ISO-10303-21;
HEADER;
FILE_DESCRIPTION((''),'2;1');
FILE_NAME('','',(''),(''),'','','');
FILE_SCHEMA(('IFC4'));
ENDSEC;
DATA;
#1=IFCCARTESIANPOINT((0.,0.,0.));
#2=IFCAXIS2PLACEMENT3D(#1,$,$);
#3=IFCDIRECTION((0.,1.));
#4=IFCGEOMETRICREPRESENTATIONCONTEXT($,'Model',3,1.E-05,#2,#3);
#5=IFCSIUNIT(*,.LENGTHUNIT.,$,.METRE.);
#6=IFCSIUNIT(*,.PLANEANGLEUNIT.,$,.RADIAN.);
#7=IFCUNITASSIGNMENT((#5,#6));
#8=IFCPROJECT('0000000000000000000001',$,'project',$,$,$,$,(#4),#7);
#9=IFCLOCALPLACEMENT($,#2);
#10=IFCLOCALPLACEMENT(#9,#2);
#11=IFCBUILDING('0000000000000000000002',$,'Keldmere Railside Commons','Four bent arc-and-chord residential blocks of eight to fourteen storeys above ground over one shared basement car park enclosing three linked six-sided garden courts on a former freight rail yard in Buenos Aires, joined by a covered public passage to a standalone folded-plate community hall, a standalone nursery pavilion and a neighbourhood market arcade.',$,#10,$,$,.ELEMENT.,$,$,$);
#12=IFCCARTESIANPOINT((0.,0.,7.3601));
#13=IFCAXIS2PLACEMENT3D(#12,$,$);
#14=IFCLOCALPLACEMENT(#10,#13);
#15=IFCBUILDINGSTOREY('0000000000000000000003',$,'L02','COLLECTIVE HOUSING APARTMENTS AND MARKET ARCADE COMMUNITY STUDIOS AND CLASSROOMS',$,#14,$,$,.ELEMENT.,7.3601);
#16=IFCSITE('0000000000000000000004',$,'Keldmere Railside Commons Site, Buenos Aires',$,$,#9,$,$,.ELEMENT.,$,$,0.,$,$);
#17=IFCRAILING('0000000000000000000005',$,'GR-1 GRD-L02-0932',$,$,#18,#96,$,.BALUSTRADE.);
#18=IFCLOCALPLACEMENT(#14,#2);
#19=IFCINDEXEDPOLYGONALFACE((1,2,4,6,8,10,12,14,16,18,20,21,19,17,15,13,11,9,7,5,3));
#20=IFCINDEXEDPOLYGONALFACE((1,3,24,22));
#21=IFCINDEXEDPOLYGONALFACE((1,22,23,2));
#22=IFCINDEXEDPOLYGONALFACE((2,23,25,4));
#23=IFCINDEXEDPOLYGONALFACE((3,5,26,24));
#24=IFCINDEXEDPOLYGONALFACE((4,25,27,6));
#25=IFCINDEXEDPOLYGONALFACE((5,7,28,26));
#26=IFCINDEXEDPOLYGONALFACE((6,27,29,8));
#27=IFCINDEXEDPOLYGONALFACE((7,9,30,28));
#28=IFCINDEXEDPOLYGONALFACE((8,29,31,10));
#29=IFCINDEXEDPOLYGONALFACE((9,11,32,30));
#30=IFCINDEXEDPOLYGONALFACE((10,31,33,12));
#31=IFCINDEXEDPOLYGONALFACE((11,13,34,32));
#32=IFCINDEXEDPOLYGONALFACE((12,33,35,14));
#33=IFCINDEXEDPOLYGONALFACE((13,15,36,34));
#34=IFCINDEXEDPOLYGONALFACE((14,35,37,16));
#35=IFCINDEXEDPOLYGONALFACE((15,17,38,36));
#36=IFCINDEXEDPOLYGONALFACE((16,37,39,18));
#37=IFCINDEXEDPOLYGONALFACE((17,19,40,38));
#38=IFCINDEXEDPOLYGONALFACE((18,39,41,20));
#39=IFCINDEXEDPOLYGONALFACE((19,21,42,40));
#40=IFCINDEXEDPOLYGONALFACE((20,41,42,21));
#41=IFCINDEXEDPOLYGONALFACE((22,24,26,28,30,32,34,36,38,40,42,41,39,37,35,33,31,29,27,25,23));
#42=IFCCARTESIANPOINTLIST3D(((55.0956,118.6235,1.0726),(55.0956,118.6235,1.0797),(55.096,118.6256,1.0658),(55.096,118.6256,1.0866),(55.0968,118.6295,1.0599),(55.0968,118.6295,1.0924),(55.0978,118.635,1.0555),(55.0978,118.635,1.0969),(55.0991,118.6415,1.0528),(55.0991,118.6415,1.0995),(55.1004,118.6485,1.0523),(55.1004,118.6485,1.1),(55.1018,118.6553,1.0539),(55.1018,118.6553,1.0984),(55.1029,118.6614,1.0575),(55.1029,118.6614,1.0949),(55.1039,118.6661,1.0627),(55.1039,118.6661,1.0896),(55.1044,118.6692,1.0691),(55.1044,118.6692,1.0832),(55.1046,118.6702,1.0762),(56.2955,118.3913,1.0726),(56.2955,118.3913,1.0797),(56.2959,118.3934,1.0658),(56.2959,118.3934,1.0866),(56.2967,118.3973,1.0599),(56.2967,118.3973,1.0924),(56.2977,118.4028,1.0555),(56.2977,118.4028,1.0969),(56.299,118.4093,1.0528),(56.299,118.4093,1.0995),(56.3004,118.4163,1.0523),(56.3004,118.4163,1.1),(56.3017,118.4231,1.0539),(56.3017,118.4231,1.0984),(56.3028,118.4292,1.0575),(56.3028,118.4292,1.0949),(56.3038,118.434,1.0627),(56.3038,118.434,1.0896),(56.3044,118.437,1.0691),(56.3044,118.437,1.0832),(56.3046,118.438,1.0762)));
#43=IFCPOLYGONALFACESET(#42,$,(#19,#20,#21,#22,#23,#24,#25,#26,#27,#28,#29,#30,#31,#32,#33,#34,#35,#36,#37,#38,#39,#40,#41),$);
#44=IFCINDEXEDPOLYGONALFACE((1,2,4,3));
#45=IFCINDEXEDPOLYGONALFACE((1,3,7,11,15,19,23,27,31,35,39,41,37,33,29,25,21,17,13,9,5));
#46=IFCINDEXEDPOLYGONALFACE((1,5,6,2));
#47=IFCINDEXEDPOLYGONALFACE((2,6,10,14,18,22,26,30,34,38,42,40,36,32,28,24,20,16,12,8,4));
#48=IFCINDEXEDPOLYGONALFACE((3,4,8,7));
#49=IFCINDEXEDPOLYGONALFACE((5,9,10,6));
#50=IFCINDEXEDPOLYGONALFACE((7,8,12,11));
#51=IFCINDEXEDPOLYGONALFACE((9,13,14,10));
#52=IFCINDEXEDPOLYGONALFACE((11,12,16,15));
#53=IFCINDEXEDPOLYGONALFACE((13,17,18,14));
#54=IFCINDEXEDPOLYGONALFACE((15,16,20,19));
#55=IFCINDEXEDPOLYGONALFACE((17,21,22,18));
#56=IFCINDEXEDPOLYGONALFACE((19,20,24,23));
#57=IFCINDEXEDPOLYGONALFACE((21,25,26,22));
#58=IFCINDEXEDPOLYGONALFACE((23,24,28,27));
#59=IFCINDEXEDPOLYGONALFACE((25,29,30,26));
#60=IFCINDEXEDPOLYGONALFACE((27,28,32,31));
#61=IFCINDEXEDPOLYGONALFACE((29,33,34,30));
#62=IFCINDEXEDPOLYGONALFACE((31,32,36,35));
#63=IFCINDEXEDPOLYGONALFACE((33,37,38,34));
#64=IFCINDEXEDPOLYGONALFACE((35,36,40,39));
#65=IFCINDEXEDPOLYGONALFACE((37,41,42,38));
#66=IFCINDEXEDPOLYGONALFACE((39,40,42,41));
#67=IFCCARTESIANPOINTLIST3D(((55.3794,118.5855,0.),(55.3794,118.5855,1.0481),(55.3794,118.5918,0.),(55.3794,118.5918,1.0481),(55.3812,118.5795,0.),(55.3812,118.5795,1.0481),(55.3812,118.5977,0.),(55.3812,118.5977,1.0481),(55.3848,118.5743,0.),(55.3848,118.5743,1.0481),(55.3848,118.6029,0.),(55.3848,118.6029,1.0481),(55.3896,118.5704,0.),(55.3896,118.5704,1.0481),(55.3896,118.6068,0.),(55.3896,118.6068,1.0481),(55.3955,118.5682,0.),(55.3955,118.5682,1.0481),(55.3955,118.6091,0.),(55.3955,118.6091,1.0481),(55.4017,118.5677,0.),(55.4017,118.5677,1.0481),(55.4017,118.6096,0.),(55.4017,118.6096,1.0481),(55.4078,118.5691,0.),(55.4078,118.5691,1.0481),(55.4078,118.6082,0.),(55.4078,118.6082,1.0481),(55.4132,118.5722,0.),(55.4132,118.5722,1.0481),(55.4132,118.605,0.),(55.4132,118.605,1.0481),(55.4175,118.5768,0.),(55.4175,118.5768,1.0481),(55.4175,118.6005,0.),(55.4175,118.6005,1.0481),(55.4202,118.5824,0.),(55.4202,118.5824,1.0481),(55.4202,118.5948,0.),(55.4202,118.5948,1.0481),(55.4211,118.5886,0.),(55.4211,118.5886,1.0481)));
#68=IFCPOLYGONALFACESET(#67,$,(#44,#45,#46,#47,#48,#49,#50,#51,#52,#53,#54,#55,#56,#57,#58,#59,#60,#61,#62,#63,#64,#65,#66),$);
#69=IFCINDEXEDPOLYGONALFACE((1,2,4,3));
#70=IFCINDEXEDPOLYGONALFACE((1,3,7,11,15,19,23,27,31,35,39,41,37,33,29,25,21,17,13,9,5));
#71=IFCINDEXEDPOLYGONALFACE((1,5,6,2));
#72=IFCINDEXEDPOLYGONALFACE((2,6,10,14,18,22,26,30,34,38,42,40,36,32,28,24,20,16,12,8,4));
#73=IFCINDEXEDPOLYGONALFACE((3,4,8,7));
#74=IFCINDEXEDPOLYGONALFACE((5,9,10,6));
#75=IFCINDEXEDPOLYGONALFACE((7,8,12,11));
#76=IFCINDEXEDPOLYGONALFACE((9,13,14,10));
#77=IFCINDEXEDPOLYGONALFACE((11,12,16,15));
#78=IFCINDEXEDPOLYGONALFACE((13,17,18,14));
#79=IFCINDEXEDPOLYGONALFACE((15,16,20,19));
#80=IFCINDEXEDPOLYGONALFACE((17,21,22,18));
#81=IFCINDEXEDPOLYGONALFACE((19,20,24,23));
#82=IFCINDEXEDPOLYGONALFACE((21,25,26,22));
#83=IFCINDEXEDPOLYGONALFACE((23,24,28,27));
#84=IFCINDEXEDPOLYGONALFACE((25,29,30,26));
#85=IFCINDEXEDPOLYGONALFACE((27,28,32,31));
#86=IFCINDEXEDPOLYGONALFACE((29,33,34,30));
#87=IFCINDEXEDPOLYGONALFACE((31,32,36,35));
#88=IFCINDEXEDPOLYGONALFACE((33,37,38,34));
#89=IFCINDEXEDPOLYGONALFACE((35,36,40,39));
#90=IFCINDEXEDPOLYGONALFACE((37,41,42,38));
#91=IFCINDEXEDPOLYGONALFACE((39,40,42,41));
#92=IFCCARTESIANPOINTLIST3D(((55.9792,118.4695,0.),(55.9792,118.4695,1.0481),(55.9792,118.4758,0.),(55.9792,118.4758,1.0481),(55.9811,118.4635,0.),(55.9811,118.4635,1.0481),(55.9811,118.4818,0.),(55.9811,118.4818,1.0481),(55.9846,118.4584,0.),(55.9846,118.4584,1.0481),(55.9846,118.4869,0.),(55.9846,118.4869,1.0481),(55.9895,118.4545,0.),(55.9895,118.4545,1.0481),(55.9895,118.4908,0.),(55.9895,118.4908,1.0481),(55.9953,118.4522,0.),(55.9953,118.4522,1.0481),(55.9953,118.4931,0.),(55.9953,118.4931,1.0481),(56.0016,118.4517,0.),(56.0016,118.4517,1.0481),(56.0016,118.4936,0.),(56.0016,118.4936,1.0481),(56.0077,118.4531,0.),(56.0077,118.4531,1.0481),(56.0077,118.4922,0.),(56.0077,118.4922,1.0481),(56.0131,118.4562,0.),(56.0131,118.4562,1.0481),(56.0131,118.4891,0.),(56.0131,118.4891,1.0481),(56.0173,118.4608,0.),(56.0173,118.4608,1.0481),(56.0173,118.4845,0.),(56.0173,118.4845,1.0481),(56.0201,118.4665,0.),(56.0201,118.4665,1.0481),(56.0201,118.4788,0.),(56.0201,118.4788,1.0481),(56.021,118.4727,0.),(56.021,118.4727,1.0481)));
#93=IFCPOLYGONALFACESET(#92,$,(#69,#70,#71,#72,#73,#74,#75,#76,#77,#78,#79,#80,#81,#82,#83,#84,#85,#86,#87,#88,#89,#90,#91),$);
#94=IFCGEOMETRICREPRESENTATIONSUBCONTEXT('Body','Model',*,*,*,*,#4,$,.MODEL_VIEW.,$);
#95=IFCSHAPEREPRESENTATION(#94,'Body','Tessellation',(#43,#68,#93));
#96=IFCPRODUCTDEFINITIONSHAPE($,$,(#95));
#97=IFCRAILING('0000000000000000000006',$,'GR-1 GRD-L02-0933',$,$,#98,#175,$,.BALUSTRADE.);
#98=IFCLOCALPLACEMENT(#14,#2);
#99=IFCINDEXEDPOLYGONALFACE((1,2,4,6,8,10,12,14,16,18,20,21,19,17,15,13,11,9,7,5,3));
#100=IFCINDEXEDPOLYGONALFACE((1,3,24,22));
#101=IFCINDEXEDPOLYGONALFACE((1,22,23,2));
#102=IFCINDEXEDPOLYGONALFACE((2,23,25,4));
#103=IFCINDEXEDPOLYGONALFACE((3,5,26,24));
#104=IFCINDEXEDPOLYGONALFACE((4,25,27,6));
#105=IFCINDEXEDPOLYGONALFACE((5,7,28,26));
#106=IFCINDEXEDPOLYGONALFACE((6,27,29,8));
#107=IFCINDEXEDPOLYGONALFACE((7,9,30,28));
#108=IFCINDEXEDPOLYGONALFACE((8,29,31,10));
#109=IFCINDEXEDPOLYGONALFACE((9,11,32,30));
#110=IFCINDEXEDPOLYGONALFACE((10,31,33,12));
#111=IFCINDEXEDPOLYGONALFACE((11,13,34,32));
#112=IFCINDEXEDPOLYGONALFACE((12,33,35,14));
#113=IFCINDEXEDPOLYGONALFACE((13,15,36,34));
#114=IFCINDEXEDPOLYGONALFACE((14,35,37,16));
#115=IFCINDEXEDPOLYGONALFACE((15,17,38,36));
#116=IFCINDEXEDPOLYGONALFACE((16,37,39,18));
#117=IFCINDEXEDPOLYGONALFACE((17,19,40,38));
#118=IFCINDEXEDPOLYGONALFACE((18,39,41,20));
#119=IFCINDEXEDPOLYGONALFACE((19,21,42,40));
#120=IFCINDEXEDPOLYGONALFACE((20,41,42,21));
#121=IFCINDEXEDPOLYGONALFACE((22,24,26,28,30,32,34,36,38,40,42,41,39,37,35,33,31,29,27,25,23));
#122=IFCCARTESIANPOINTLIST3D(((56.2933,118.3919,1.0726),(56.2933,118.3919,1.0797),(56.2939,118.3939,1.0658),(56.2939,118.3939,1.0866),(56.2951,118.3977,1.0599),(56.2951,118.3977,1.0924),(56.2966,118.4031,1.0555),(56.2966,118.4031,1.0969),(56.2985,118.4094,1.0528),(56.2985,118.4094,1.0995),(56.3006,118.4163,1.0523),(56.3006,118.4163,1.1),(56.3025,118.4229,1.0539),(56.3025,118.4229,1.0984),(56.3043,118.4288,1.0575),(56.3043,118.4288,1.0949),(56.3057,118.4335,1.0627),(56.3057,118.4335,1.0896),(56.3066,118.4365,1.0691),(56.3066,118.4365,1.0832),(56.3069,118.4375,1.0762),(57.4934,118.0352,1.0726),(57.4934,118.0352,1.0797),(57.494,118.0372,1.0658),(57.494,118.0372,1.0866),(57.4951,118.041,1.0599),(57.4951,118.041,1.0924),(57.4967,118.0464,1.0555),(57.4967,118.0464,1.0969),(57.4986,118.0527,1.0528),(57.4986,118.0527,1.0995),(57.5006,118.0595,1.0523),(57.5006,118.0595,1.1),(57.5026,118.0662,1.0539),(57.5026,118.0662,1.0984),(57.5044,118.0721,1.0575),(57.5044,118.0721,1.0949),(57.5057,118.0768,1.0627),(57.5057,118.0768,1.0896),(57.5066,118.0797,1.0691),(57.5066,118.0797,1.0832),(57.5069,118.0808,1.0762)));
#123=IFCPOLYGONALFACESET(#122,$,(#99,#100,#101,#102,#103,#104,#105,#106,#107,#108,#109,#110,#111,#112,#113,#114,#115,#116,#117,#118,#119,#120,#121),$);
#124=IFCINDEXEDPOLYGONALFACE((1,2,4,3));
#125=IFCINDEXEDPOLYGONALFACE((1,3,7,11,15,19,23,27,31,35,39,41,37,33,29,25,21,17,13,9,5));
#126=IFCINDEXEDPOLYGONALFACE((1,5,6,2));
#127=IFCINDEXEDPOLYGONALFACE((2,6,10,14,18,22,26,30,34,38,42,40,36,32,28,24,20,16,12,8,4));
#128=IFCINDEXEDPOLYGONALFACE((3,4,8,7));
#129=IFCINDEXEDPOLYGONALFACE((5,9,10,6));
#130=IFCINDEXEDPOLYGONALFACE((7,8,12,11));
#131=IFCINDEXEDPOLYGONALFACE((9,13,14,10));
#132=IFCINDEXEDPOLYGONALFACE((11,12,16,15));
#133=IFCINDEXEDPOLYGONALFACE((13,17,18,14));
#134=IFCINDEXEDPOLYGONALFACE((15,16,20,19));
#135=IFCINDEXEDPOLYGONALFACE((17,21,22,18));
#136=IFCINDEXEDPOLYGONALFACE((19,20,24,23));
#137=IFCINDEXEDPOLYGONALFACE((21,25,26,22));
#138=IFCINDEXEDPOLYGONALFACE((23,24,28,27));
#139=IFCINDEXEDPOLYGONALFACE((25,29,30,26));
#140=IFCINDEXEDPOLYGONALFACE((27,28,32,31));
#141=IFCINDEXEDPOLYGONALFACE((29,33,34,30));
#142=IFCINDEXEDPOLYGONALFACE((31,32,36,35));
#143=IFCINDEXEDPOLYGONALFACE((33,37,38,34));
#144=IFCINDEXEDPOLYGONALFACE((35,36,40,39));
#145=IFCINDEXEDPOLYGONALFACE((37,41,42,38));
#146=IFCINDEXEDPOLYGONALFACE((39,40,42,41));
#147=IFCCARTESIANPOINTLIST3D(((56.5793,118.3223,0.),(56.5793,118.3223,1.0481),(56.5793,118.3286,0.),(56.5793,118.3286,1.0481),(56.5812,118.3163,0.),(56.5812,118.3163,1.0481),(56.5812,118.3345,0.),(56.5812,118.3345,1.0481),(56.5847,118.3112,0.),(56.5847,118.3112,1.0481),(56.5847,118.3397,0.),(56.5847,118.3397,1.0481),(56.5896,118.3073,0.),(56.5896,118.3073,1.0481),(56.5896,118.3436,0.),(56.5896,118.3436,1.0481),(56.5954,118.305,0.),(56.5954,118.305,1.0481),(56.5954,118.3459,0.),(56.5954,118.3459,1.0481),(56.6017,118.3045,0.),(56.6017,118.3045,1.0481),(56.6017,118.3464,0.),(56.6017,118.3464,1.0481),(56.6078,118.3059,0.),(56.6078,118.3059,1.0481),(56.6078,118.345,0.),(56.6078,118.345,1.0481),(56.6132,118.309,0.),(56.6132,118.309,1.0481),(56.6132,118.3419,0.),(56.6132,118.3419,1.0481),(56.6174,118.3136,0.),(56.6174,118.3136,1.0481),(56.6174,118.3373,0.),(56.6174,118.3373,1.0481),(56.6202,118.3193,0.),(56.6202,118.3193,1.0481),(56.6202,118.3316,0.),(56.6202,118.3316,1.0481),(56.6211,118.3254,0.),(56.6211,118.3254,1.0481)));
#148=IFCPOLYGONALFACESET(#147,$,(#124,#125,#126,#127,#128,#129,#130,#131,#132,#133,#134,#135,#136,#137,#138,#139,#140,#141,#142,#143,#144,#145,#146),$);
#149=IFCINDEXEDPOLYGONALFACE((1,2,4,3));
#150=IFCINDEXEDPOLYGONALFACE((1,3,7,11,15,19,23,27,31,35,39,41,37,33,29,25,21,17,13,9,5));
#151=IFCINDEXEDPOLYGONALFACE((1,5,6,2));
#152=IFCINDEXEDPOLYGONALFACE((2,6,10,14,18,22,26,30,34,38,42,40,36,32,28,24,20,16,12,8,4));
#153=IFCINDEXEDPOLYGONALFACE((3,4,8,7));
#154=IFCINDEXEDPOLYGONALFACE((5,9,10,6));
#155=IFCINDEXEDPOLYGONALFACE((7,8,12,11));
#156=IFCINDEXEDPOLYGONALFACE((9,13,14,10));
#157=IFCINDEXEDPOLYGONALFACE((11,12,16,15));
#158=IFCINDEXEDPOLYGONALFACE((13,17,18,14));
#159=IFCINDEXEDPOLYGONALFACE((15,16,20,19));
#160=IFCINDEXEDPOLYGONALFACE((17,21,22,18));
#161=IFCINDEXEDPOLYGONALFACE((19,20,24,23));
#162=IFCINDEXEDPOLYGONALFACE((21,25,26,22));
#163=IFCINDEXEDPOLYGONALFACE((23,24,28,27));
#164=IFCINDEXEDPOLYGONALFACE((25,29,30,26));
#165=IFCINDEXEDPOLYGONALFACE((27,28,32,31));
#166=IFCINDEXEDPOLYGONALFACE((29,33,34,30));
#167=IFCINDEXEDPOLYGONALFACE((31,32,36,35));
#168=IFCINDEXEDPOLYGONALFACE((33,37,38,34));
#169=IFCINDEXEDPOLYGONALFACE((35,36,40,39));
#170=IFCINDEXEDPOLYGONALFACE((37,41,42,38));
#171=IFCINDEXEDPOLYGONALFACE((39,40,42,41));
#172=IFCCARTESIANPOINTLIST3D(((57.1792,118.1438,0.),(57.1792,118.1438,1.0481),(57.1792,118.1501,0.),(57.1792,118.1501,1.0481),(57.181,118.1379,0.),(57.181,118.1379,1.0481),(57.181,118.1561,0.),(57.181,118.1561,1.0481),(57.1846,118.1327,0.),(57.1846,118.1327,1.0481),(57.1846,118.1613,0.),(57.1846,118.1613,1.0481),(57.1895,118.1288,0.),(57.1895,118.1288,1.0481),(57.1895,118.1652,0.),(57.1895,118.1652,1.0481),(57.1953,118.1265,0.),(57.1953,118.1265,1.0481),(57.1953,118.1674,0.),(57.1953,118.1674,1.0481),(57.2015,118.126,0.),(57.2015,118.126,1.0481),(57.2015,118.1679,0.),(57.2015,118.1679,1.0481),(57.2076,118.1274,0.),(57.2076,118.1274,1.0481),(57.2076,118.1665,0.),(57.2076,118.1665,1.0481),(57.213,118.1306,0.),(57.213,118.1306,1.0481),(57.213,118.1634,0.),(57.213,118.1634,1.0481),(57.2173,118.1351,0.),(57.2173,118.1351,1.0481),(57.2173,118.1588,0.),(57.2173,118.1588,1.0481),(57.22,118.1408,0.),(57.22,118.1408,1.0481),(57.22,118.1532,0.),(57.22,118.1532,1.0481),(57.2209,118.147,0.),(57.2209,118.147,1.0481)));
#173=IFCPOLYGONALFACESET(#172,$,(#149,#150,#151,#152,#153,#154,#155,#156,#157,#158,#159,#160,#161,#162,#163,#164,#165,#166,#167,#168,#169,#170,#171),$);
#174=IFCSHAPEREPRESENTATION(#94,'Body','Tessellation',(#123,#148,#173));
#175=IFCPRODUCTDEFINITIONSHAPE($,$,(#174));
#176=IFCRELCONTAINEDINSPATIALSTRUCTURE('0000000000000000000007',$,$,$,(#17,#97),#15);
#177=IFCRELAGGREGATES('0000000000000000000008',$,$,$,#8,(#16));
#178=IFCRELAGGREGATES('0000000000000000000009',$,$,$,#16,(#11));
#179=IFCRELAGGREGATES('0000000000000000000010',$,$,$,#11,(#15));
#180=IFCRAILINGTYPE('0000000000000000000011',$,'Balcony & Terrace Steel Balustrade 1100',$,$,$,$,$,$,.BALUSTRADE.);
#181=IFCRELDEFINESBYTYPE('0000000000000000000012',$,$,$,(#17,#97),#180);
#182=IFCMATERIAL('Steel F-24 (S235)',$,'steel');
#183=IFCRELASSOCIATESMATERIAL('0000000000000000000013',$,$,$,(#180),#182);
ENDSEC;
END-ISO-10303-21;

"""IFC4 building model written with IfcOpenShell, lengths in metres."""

from ifc_helpers import new_model, si_unit, direction, frame, origin, origin_2d, place, context, subcontext, project, spatial, circle, extrude, material, type_object, element, save


model = new_model("IFC4")

# Units and contexts
model_context = context("Model", 3, precision=1e-05, world=origin(), true_north=direction((0.0, 1.0)))
body_context = subcontext(model_context, "Body", "Model", "MODEL_VIEW")
ifc_project = project(units=[si_unit("LENGTHUNIT", "METRE"), si_unit("PLANEANGLEUNIT", "RADIAN")], contexts=[model_context])

# Site, building, storey
site_placement = place(None, origin())
site = spatial("IfcSite", under=ifc_project, at=site_placement, Name="Keldmere Railside Commons Site, Buenos Aires", CompositionType="ELEMENT", RefElevation=0.0)
building_placement = place(site_placement, origin())
building = spatial("IfcBuilding", under=site, at=building_placement, Name="Keldmere Railside Commons", Description="Four bent arc-and-chord residential blocks of eight to fourteen storeys above ground over one shared basement car park enclosing three linked six-sided garden courts on a former freight rail yard in Buenos Aires, joined by a covered public passage to a standalone folded-plate community hall, a standalone nursery pavilion and a neighbourhood market arcade.", CompositionType="ELEMENT")
storey_placement = place(building_placement, frame((0.0, 0.0, 7.3601)))
storey = spatial("IfcBuildingStorey", under=building, at=storey_placement, Name="L02", Description="COLLECTIVE HOUSING APARTMENTS AND MARKET ARCADE COMMUNITY STUDIOS AND CLASSROOMS", CompositionType="ELEMENT", Elevation=7.3601)

# Railings
ifc_material_1 = material(Name="Steel F-24 (S235)", Category="steel")
railing_type = type_object("IfcRailingType", Name="Balcony & Terrace Steel Balustrade 1100", PredefinedType="BALUSTRADE", material=ifc_material_1)
railing_1_placement = place(storey_placement, frame((55.1001, 118.6467, 0.0)))
element("IfcRailing", 1, at=railing_1_placement, inside=storey, type_object=railing_type, Name="GR-1 GRD-L02-0932", PredefinedType="BALUSTRADE", context=body_context, shape_type="SweptSolid", body=[
    extrude(circle(Radius=0.0239, at=origin_2d()), frame((0.0, 0.0, 1.0762), z_axis=(0.981791, -0.189966, 0.0), x_axis=(0.189966, 0.981791, 0.0)), (0.0, 0.0, 1.0), 1.2222),
    extrude(circle(Radius=0.021, at=origin_2d()), frame((0.3, -0.0581, 0.0)), (0.0, 0.0, 1.0), 1.0481),
    extrude(circle(Radius=0.021, at=origin_2d()), frame((0.8999, -0.1741, 0.0)), (0.0, 0.0, 1.0), 1.0481),
])
railing_2_placement = place(storey_placement, frame((56.3, 118.4146, 0.0)))
element("IfcRailing", 2, at=railing_2_placement, inside=storey, type_object=railing_type, Name="GR-1 GRD-L02-0933", PredefinedType="BALUSTRADE", context=body_context, shape_type="SweptSolid", body=[
    extrude(circle(Radius=0.0239, at=origin_2d()), frame((0.0, 0.0, 1.0762), z_axis=(0.958548, -0.284932, 0.0), x_axis=(0.284932, 0.958548, 0.0)), (0.0, 0.0, 1.0), 1.252),
    extrude(circle(Radius=0.021, at=origin_2d()), frame((0.3, -0.0891, 0.0)), (0.0, 0.0, 1.0), 1.0481),
    extrude(circle(Radius=0.021, at=origin_2d()), frame((0.8999, -0.2676, 0.0)), (0.0, 0.0, 1.0), 1.0481),
])

save(model, "model.ifc")
